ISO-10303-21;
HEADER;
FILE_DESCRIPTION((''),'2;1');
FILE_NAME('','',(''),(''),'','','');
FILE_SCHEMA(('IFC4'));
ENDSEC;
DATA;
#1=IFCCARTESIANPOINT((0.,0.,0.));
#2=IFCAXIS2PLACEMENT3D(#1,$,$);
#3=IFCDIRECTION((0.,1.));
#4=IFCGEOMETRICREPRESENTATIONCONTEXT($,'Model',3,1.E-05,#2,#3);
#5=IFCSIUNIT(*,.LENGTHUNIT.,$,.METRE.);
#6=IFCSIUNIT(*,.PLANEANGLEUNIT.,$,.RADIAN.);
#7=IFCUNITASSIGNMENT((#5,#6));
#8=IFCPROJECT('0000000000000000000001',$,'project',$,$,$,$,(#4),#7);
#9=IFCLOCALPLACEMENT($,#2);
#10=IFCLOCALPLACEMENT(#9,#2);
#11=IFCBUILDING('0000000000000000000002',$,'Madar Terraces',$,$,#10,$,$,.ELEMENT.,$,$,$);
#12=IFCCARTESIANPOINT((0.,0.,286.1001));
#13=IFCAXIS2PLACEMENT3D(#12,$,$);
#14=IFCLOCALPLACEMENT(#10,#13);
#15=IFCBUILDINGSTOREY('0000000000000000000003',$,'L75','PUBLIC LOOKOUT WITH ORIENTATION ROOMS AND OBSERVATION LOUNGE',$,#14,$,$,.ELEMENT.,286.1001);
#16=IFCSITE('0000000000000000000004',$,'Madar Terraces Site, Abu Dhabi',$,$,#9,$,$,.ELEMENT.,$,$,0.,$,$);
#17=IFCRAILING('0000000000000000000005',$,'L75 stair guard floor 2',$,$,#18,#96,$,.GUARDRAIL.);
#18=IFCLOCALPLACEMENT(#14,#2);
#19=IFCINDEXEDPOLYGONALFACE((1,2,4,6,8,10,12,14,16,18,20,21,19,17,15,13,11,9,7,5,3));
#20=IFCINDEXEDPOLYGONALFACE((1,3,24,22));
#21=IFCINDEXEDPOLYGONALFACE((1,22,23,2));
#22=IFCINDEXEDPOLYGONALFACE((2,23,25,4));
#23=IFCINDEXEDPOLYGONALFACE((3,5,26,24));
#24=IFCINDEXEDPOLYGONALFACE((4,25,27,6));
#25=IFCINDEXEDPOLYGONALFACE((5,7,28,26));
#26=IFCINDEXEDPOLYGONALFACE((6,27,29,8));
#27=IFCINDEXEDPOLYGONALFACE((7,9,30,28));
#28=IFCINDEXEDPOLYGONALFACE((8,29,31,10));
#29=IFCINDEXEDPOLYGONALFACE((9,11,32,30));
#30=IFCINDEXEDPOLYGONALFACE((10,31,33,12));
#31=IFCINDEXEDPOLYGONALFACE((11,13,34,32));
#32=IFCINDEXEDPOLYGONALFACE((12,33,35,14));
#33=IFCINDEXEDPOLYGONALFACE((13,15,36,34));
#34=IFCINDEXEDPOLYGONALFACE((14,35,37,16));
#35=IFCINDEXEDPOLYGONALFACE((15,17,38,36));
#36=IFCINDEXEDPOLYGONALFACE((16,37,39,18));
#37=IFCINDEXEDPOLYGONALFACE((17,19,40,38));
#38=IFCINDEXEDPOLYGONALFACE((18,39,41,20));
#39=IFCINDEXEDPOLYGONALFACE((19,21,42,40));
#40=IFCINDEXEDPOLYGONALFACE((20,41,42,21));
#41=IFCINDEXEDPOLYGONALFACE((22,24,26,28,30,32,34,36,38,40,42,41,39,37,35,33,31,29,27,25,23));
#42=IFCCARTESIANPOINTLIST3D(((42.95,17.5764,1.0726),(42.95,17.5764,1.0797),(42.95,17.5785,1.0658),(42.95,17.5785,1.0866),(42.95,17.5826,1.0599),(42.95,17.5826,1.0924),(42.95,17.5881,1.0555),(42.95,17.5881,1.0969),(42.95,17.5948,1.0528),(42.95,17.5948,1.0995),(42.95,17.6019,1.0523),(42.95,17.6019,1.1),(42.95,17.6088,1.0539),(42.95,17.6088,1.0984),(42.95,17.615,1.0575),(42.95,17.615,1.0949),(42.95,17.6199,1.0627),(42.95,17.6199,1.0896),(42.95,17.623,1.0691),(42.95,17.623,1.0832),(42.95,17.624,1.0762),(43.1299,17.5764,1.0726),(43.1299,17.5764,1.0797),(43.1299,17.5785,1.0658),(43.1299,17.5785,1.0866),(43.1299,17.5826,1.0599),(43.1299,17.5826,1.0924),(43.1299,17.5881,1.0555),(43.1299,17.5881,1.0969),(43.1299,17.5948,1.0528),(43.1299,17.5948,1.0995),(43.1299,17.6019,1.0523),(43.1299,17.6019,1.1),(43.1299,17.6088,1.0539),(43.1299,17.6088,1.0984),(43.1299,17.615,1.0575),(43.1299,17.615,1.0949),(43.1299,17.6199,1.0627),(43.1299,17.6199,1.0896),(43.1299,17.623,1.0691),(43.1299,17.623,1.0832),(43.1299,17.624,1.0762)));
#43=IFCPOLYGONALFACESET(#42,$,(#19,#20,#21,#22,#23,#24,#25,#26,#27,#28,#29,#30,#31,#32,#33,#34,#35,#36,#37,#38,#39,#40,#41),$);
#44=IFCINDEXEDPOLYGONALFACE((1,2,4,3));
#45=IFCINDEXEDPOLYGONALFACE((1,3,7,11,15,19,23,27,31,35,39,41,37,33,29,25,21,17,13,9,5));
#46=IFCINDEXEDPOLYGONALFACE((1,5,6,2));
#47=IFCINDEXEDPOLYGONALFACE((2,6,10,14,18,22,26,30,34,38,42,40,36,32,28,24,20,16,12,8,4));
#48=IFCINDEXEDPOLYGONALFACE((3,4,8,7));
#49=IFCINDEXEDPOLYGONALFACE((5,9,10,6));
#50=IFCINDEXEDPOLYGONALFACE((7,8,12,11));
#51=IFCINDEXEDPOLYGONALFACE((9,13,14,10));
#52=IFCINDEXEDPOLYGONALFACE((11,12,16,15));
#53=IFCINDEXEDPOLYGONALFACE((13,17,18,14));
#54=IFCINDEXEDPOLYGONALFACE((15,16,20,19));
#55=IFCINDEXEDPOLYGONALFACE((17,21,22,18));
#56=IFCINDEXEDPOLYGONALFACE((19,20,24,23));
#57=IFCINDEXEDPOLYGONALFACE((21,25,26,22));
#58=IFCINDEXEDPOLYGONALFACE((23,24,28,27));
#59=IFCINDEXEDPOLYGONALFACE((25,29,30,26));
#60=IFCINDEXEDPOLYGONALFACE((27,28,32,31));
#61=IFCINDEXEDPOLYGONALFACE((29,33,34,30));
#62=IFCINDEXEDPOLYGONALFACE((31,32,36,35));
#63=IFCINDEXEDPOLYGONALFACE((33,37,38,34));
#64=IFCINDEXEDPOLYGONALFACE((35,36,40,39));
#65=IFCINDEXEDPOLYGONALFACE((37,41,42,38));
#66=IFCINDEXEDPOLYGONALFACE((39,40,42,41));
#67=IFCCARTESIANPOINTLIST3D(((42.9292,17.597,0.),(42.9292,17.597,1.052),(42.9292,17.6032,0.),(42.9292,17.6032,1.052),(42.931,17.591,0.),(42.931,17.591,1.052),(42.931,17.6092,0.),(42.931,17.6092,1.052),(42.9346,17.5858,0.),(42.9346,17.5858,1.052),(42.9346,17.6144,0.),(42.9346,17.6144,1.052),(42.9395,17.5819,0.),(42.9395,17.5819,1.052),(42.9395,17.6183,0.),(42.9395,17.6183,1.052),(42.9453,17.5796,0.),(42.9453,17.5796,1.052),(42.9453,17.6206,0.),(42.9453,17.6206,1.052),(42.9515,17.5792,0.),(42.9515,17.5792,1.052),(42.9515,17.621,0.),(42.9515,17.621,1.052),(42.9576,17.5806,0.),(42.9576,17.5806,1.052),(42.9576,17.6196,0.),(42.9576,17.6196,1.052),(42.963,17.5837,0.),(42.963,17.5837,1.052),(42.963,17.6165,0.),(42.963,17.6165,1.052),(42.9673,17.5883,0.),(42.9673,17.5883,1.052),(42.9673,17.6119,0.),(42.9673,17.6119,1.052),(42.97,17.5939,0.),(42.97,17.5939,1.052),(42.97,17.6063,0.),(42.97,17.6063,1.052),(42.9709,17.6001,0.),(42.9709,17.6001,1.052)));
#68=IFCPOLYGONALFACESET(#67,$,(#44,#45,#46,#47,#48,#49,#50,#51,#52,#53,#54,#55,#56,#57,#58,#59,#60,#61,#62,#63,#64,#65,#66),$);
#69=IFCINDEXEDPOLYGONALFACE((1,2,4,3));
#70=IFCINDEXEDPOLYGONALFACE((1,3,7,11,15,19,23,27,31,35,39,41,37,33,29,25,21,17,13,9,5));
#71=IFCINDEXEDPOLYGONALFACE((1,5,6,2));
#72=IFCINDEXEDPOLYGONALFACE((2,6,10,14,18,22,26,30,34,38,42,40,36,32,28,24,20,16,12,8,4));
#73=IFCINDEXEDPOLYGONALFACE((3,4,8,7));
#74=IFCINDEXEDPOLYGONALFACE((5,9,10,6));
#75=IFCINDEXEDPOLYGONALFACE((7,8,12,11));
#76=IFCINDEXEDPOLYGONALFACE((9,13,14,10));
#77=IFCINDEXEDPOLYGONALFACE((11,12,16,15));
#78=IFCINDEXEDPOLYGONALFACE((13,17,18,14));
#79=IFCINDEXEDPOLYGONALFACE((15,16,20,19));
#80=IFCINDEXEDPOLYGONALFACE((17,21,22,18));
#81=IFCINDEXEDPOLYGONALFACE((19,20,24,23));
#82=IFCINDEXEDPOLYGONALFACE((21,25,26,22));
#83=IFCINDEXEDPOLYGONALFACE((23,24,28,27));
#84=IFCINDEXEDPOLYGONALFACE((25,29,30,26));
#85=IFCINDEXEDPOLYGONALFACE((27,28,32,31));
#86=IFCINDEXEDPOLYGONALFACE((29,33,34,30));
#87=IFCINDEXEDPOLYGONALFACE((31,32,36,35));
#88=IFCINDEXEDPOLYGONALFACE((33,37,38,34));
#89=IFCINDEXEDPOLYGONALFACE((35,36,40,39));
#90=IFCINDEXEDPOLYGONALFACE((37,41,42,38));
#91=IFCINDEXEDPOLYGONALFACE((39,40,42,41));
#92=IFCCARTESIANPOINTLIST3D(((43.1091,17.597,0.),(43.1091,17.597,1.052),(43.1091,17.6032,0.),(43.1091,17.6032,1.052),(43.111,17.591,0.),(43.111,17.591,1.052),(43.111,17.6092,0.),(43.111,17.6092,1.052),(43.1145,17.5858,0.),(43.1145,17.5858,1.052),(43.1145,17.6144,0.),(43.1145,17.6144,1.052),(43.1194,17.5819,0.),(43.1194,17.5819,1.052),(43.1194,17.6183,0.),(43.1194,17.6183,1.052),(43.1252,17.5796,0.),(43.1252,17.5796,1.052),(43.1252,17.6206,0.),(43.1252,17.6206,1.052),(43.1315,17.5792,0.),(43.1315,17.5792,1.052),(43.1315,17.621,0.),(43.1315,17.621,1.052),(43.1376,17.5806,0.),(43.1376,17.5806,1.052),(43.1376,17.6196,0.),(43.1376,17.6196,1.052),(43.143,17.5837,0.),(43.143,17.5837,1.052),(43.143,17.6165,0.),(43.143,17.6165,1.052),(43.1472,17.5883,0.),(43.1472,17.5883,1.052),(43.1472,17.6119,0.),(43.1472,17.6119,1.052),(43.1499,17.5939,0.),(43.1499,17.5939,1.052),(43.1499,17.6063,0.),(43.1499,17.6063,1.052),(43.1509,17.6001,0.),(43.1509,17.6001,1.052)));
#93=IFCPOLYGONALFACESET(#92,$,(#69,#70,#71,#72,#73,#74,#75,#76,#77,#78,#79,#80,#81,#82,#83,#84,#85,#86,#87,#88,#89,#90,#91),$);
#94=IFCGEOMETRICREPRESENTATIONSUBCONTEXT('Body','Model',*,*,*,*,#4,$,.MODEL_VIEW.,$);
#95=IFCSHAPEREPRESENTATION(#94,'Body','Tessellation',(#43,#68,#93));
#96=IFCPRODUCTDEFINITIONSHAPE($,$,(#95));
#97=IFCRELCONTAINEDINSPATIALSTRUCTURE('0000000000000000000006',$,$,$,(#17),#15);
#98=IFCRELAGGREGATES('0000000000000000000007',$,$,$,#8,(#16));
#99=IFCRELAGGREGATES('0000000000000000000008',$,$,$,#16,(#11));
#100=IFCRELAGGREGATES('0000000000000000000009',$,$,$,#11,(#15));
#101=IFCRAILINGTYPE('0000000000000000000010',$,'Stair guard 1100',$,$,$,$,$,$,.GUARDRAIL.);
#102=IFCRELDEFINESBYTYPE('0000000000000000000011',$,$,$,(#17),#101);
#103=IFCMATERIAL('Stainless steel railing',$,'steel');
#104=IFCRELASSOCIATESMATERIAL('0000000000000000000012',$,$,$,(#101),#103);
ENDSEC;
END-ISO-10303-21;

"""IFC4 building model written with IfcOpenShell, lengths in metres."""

from ifc_helpers import new_model, si_unit, direction, frame, origin, origin_2d, place, context, subcontext, project, spatial, circle, extrude, material, type_object, element, save


model = new_model("IFC4")

# Units and contexts
model_context = context("Model", 3, precision=1e-05, world=origin(), true_north=direction((0.0, 1.0)))
body_context = subcontext(model_context, "Body", "Model", "MODEL_VIEW")
ifc_project = project(units=[si_unit("LENGTHUNIT", "METRE"), si_unit("PLANEANGLEUNIT", "RADIAN")], contexts=[model_context])

# Site, building, storey
site_placement = place(None, origin())
site = spatial("IfcSite", under=ifc_project, at=site_placement, Name="Madar Terraces Site, Abu Dhabi", CompositionType="ELEMENT", RefElevation=0.0)
building_placement = place(site_placement, origin())
building = spatial("IfcBuilding", under=site, at=building_placement, Name="Madar Terraces", CompositionType="ELEMENT")
storey_placement = place(building_placement, frame((0.0, 0.0, 286.1001)))
storey = spatial("IfcBuildingStorey", under=building, at=storey_placement, Name="L75", Description="PUBLIC LOOKOUT WITH ORIENTATION ROOMS AND OBSERVATION LOUNGE", CompositionType="ELEMENT", Elevation=286.1001)

# Railing
ifc_material_1 = material(Name="Stainless steel railing", Category="steel")
railing_type_1 = type_object("IfcRailingType", Name="Stair guard 1100", PredefinedType="GUARDRAIL", material=ifc_material_1)
for number, where, name in (
    (1, (42.95, 17.6001, 0.0), "L75 stair guard floor 2"),
):
    element("IfcRailing", number, at=place(storey_placement, frame(where)), inside=storey, type_object=railing_type_1, Name=name, PredefinedType="GUARDRAIL", context=body_context, shape_type="SweptSolid", body=[
        extrude(circle(Radius=0.0239, at=origin_2d()), frame((0.0, 0.0, 1.0762), z_axis=(1.0, 0.0, 0.0), x_axis=(0.0, 1.0, 0.0)), (0.0, 0.0, 1.0), 0.1799),
        extrude(circle(Radius=0.021, at=origin_2d()), origin(), (0.0, 0.0, 1.0), 1.052),
        extrude(circle(Radius=0.021, at=origin_2d()), frame((0.1799, 0.0, 0.0)), (0.0, 0.0, 1.0), 1.052),
    ])

save(model, "model.ifc")
